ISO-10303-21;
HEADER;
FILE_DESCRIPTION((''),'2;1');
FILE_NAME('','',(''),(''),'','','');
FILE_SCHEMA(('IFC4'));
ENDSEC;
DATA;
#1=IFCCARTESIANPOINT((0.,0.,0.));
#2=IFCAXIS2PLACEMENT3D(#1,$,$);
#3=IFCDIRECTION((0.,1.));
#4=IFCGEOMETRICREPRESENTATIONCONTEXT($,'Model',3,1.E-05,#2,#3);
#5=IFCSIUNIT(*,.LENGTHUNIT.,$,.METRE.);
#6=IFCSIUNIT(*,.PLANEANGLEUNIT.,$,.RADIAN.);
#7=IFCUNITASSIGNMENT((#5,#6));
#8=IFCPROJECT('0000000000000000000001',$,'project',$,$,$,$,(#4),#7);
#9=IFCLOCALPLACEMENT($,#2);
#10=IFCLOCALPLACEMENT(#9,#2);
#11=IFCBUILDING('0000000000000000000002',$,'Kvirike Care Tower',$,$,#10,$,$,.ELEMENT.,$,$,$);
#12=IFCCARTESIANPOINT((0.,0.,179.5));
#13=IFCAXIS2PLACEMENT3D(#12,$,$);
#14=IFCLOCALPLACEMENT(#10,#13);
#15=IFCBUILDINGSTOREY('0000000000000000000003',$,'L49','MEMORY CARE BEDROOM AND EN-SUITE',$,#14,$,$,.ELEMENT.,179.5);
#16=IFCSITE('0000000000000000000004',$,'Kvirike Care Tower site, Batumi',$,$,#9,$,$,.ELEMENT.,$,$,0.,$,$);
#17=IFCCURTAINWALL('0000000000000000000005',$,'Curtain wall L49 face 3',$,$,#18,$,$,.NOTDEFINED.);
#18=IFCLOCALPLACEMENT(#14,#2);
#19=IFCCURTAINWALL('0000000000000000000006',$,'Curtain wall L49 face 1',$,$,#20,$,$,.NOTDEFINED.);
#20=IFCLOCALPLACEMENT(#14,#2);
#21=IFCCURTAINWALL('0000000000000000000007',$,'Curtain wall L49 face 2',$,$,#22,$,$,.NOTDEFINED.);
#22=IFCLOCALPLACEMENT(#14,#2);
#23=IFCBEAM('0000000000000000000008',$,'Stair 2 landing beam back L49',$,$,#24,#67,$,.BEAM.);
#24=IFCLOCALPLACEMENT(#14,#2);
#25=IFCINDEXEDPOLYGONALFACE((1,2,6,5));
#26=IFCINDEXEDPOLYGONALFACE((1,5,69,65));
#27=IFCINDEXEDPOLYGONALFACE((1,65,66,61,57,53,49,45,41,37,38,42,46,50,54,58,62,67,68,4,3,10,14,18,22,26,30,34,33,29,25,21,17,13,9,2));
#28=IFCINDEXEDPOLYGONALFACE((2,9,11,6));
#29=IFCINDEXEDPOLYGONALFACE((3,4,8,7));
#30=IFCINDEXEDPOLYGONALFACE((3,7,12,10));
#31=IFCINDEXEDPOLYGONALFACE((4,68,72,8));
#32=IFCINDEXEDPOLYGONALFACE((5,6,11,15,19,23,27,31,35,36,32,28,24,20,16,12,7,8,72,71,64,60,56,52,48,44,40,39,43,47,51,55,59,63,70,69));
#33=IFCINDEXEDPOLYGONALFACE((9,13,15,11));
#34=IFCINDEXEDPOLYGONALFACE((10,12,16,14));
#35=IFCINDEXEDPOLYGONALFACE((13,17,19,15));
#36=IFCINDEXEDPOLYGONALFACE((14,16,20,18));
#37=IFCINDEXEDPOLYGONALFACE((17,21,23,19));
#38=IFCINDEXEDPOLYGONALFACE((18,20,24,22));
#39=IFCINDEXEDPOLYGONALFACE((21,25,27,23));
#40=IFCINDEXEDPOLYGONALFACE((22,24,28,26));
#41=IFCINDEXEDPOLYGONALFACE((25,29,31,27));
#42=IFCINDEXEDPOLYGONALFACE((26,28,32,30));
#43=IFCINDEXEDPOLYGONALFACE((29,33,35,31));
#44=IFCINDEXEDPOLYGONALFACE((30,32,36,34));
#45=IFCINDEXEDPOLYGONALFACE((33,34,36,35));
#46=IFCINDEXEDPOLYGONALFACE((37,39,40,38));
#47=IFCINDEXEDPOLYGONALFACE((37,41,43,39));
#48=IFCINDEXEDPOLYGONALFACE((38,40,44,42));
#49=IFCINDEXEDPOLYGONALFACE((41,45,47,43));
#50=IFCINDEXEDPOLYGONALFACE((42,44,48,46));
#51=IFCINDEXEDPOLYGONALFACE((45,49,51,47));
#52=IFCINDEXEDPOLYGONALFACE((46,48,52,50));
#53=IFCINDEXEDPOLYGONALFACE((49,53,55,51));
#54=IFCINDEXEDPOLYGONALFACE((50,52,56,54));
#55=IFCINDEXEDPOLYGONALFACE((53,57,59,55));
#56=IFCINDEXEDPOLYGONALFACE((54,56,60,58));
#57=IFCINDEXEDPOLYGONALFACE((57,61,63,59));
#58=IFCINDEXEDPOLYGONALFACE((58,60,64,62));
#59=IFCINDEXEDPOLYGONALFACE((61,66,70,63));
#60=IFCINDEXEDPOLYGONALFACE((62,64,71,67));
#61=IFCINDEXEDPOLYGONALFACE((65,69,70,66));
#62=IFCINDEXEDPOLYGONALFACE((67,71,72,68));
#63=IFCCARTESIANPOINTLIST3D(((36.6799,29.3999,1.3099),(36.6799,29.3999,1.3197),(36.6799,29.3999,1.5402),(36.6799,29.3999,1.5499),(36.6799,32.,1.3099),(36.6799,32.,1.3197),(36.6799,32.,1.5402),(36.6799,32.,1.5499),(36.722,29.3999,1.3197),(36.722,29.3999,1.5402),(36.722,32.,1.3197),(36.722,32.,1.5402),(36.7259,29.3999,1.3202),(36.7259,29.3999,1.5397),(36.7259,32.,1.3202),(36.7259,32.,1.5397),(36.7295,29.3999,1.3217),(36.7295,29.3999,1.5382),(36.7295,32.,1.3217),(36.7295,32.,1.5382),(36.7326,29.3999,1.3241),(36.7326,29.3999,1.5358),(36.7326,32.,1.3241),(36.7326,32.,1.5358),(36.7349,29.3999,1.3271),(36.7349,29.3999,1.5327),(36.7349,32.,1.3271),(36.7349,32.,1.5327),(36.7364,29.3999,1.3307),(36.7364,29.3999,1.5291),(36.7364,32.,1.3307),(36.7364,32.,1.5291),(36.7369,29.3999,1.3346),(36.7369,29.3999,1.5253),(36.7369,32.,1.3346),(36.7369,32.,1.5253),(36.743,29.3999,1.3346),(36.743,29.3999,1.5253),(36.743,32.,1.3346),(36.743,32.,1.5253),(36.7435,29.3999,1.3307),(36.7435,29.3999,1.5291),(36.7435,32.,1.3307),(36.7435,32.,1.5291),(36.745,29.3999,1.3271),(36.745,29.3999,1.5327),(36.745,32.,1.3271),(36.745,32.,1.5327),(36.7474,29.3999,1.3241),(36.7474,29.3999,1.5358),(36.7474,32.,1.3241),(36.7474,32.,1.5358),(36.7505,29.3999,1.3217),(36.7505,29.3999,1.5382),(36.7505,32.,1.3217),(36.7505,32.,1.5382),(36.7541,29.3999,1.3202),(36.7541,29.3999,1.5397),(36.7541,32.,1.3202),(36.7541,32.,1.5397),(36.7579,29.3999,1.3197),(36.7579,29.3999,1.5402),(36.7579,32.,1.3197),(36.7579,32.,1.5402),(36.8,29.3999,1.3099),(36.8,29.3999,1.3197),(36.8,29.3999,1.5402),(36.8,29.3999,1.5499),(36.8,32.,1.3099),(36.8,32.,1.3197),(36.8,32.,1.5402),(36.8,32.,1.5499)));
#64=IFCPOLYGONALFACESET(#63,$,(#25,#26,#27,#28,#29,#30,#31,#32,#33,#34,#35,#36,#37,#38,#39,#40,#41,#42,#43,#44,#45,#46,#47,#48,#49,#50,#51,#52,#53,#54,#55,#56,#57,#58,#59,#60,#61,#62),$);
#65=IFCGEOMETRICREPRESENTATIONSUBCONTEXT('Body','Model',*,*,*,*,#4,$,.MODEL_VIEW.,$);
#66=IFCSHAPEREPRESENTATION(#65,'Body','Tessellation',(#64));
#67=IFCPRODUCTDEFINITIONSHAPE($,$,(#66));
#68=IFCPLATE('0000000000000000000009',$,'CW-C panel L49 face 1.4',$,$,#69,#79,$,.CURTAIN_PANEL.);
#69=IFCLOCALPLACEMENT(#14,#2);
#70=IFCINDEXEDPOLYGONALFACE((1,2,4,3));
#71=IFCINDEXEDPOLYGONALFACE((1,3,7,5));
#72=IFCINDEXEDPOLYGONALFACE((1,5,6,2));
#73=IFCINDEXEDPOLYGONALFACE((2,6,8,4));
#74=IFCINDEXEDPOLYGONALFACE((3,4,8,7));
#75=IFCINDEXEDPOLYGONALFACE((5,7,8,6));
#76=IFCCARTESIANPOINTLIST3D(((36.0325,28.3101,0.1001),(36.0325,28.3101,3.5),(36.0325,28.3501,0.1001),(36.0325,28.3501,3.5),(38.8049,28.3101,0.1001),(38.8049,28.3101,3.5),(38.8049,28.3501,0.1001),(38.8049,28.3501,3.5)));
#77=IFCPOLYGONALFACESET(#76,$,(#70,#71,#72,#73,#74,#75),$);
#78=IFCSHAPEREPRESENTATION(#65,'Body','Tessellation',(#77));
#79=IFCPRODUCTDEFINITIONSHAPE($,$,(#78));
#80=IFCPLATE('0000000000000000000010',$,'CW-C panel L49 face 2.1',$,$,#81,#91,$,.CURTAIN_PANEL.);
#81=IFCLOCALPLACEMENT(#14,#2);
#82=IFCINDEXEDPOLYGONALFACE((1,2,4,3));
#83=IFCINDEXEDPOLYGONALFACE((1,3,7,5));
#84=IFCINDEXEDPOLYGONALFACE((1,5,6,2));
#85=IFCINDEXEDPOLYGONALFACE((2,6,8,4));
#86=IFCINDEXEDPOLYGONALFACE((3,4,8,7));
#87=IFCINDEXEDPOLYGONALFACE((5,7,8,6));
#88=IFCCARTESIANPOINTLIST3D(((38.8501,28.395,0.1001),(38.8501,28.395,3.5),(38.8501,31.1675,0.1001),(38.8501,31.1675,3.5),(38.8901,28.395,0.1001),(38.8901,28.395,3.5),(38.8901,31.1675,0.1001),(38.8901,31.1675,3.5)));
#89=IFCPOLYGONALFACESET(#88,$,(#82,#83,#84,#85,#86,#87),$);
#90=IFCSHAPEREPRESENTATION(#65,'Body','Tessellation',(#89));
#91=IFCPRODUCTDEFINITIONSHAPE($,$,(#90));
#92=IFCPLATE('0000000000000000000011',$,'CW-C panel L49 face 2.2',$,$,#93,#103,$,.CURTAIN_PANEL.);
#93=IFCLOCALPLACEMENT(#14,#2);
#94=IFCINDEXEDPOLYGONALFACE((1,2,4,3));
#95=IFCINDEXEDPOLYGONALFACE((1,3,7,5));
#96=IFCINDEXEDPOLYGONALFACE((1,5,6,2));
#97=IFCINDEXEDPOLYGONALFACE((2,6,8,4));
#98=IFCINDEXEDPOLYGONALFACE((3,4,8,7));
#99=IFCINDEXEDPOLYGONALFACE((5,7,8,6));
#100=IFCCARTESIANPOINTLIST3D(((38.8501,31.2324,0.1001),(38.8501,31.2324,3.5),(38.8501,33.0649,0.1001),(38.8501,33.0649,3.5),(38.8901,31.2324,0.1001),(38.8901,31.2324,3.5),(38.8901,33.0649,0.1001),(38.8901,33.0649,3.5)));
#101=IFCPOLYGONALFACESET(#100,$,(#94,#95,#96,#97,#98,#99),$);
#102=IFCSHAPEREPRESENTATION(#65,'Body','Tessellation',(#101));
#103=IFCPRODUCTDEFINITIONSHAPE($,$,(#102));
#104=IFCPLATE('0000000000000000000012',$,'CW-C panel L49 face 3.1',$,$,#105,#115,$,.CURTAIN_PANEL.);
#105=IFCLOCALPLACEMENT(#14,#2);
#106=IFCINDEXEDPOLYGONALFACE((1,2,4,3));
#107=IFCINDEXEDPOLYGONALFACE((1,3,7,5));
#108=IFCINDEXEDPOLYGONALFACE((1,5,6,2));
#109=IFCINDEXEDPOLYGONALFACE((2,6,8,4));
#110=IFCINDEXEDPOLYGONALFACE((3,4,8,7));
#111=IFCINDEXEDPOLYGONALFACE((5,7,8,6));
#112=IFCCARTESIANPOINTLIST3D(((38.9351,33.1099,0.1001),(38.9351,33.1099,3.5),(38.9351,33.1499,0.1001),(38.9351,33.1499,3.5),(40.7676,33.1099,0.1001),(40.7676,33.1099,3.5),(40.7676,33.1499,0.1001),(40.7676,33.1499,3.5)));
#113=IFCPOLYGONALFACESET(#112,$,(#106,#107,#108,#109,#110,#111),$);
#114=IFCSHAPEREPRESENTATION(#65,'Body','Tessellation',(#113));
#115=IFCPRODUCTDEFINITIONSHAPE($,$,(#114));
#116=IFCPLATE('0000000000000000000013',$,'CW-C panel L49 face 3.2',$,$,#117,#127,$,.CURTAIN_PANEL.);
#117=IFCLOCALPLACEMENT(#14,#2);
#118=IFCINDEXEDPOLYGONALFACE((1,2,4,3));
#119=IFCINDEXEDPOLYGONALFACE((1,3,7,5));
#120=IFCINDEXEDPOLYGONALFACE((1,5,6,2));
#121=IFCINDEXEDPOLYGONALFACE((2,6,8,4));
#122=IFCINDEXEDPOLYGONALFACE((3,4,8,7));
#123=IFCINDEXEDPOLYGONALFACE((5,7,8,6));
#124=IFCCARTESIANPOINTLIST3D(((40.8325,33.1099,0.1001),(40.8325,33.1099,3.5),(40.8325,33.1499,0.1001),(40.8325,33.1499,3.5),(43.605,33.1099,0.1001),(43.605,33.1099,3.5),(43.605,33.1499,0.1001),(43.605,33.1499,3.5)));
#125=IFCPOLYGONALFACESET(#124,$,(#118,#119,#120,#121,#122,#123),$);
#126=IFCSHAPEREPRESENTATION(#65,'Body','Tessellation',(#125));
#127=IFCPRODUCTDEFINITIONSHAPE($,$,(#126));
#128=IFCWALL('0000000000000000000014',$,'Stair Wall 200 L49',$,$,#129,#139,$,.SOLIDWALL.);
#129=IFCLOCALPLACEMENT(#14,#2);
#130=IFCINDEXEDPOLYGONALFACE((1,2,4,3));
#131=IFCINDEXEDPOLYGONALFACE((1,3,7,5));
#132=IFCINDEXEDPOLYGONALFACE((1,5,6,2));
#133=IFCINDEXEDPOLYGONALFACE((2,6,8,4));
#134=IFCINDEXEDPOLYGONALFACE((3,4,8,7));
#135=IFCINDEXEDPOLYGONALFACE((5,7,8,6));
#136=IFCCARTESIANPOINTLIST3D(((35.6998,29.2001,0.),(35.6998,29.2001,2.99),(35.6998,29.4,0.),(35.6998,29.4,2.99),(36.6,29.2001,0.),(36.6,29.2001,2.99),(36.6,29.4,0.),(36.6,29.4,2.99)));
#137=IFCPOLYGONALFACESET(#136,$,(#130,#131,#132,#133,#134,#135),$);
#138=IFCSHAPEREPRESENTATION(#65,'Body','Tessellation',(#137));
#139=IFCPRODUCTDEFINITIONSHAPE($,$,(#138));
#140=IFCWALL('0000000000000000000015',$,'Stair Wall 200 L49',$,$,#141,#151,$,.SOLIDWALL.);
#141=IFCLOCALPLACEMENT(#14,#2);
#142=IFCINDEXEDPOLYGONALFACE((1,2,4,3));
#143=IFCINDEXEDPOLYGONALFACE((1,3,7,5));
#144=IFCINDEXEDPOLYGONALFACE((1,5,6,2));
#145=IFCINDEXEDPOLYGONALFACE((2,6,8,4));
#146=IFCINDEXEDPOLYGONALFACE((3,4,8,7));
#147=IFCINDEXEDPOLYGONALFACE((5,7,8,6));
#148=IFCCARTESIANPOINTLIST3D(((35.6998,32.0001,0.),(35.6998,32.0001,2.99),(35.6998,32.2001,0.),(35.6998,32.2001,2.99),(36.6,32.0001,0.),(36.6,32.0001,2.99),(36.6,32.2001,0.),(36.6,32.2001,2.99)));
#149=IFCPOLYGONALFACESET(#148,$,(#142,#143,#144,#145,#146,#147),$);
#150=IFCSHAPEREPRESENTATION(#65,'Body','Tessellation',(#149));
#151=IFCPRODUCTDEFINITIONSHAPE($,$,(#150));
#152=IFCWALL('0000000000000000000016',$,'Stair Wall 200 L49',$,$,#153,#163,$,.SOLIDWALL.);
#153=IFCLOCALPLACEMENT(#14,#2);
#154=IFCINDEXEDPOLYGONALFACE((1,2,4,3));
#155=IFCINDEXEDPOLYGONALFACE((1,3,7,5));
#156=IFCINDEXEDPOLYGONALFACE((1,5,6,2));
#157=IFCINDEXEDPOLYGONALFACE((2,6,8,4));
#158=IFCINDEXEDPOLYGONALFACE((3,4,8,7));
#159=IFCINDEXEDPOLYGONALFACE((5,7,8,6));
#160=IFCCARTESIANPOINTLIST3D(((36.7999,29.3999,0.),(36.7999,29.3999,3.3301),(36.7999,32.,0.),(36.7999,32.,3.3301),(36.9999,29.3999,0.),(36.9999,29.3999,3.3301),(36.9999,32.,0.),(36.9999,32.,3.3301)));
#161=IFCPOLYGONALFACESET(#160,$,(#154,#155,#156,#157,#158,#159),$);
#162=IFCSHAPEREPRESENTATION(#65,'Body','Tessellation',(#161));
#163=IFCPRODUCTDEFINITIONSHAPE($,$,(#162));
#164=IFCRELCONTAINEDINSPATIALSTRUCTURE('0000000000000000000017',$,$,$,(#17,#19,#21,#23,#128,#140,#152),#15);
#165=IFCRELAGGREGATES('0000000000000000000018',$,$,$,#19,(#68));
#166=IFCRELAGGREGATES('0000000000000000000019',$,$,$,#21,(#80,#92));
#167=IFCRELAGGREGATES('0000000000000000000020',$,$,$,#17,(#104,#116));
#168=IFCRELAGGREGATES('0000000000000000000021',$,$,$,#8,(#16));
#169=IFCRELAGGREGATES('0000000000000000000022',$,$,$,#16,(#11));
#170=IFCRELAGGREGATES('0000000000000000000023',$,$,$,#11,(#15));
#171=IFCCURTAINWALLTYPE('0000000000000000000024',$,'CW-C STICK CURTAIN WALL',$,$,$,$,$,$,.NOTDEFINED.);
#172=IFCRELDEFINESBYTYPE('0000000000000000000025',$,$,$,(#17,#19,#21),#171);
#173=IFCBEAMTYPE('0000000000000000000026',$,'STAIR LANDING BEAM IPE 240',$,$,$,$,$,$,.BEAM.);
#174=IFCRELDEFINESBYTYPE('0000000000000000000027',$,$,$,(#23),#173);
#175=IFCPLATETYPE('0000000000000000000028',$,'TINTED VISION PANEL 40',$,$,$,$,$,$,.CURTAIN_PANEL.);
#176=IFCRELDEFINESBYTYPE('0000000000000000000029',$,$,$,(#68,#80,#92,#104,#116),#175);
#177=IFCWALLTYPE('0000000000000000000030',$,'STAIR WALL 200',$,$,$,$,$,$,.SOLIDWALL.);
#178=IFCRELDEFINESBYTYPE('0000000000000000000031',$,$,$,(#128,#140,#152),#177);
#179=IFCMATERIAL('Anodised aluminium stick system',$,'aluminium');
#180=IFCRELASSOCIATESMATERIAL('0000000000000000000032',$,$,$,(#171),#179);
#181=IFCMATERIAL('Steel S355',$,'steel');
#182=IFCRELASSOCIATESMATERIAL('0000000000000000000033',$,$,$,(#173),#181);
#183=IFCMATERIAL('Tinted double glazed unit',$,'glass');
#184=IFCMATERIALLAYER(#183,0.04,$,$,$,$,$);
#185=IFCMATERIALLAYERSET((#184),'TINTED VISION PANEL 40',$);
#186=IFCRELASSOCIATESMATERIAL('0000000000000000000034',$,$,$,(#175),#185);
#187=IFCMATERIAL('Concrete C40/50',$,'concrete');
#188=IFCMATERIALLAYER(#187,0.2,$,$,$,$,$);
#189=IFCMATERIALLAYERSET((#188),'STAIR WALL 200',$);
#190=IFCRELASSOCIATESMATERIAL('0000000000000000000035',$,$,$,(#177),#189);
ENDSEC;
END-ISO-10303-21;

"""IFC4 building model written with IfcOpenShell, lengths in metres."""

from ifc_helpers import new_model, si_unit, direction, frame, frame_2d, origin, origin_2d, place, context, subcontext, project, spatial, rectangle, i_section, extrude, material, layer, layer_set, material_profile, profile_set, type_object, element, aggregate, save


model = new_model("IFC4")

# Units and contexts
model_context = context("Model", 3, precision=1e-05, world=origin(), true_north=direction((0.0, 1.0)))
body_context = subcontext(model_context, "Body", "Model", "MODEL_VIEW")
ifc_project = project(units=[si_unit("LENGTHUNIT", "METRE"), si_unit("PLANEANGLEUNIT", "RADIAN")], contexts=[model_context])

# Site, building, storey
site_placement = place(None, origin())
site = spatial("IfcSite", under=ifc_project, at=site_placement, Name="Kvirike Care Tower site, Batumi", CompositionType="ELEMENT", RefElevation=0.0)
building_placement = place(site_placement, origin())
building = spatial("IfcBuilding", under=site, at=building_placement, Name="Kvirike Care Tower", CompositionType="ELEMENT")
storey_placement = place(building_placement, frame((0.0, 0.0, 179.5)))
storey = spatial("IfcBuildingStorey", under=building, at=storey_placement, Name="L49", Description="MEMORY CARE BEDROOM AND EN-SUITE", CompositionType="ELEMENT", Elevation=179.5)

# Curtain wall
ifc_material_1 = material(Name="Anodised aluminium stick system", Category="aluminium")
curtain_wall_type = type_object("IfcCurtainWallType", Name="CW-C STICK CURTAIN WALL", PredefinedType="NOTDEFINED", material=ifc_material_1)
curtain_wall_1_placement = place(storey_placement, origin())
curtain_wall_1 = element("IfcCurtainWall", 1, at=curtain_wall_1_placement, inside=storey, type_object=curtain_wall_type, Name="Curtain wall L49 face 3", PredefinedType="NOTDEFINED")

# Curtain walls
curtain_wall_2_placement = place(storey_placement, origin())
curtain_wall_2 = element("IfcCurtainWall", 2, at=curtain_wall_2_placement, inside=storey, type_object=curtain_wall_type, Name="Curtain wall L49 face 1", PredefinedType="NOTDEFINED")
curtain_wall_3_placement = place(storey_placement, origin())
curtain_wall_3 = element("IfcCurtainWall", 3, at=curtain_wall_3_placement, inside=storey, type_object=curtain_wall_type, Name="Curtain wall L49 face 2", PredefinedType="NOTDEFINED")

# Beam
ifc_material_2 = material(Name="Steel S355", Category="steel")
ifc_material_profile_1 = material_profile(ifc_material_2, i_section(OverallWidth=0.1201, OverallDepth=0.24, WebThickness=0.0061, FlangeThickness=0.0098, FilletRadius=0.0149, at=origin_2d()), Name="IPE 240")
ifc_profile_set_1 = profile_set([ifc_material_profile_1], Name="Steel S355")
beam_type_1 = type_object("IfcBeamType", Name="STAIR LANDING BEAM IPE 240", PredefinedType="BEAM", material=ifc_profile_set_1)
beam_1_placement = place(storey_placement, frame((36.74, 29.3999, 1.4299), z_axis=(0.0, 1.0, 0.0), x_axis=(-1.0, 0.0, 0.0)))
element("IfcBeam", 4, at=beam_1_placement, inside=storey, type_object=beam_type_1, Name="Stair 2 landing beam back L49", PredefinedType="BEAM", context=body_context, shape_type="SweptSolid", body=[
    extrude(i_section(OverallWidth=0.1201, OverallDepth=0.24, WebThickness=0.0061, FlangeThickness=0.0098, FilletRadius=0.0149, at=origin_2d()), origin(), (0.0, 0.0, 1.0), 2.6001),
])

# Plates
ifc_material_3 = material(Name="Tinted double glazed unit", Category="glass")
ifc_layer_1 = layer(ifc_material_3, 0.04)
ifc_layer_set_1 = layer_set([ifc_layer_1], Name="TINTED VISION PANEL 40")
plate_type = type_object("IfcPlateType", Name="TINTED VISION PANEL 40", PredefinedType="CURTAIN_PANEL", material=ifc_layer_set_1)
plate_1_placement = place(storey_placement, frame((37.4187, 28.3301, 0.1001), z_axis=(0.0, 0.0, 1.0), x_axis=(1.0, 0.0, 0.0)))
plate_1 = element("IfcPlate", 5, at=plate_1_placement, type_object=plate_type, Name="CW-C panel L49 face 1.4", PredefinedType="CURTAIN_PANEL", context=body_context, shape_type="SweptSolid", body=[
    extrude(rectangle(XDim=2.7725, YDim=0.04, at=origin_2d()), origin(), (0.0, 0.0, 1.0), 3.3999),
])
aggregate(curtain_wall_2, [plate_1])
plate_2_placement = place(storey_placement, frame((38.8701, 29.7812, 0.1001), z_axis=(0.0, 0.0, 1.0), x_axis=(0.0, 1.0, 0.0)))
plate_2 = element("IfcPlate", 6, at=plate_2_placement, type_object=plate_type, Name="CW-C panel L49 face 2.1", PredefinedType="CURTAIN_PANEL", context=body_context, shape_type="SweptSolid", body=[
    extrude(rectangle(XDim=2.7725, YDim=0.04, at=origin_2d()), origin(), (0.0, 0.0, 1.0), 3.3999),
])
plate_3_placement = place(storey_placement, frame((38.8701, 32.1487, 0.1001), z_axis=(0.0, 0.0, 1.0), x_axis=(0.0, 1.0, 0.0)))
plate_3 = element("IfcPlate", 7, at=plate_3_placement, type_object=plate_type, Name="CW-C panel L49 face 2.2", PredefinedType="CURTAIN_PANEL", context=body_context, shape_type="SweptSolid", body=[
    extrude(rectangle(XDim=1.8325, YDim=0.04, at=origin_2d()), origin(), (0.0, 0.0, 1.0), 3.3999),
])
aggregate(curtain_wall_3, [plate_2, plate_3])
plate_4_placement = place(storey_placement, frame((39.8513, 33.1299, 0.1001), z_axis=(0.0, 0.0, 1.0), x_axis=(1.0, 0.0, 0.0)))
plate_4 = element("IfcPlate", 8, at=plate_4_placement, type_object=plate_type, Name="CW-C panel L49 face 3.1", PredefinedType="CURTAIN_PANEL", context=body_context, shape_type="SweptSolid", body=[
    extrude(rectangle(XDim=1.8325, YDim=0.04, at=origin_2d()), origin(), (0.0, 0.0, 1.0), 3.3999),
])
plate_5_placement = place(storey_placement, frame((42.2188, 33.1299, 0.1001), z_axis=(0.0, 0.0, 1.0), x_axis=(1.0, 0.0, 0.0)))
plate_5 = element("IfcPlate", 9, at=plate_5_placement, type_object=plate_type, Name="CW-C panel L49 face 3.2", PredefinedType="CURTAIN_PANEL", context=body_context, shape_type="SweptSolid", body=[
    extrude(rectangle(XDim=2.7725, YDim=0.04, at=origin_2d()), origin(), (0.0, 0.0, 1.0), 3.3999),
])
aggregate(curtain_wall_1, [plate_4, plate_5])

# Walls
ifc_material_4 = material(Name="Concrete C40/50", Category="concrete")
ifc_layer_2 = layer(ifc_material_4, 0.2)
ifc_layer_set_2 = layer_set([ifc_layer_2], Name="STAIR WALL 200")
wall_type = type_object("IfcWallType", Name="STAIR WALL 200", PredefinedType="SOLIDWALL", material=ifc_layer_set_2)
for number, where, z_axis, x_axis, name in (
    (10, (36.6001, 29.3, 0.0), (0.0, 0.0, 1.0), (-1.0, 0.0, 0.0), "Stair Wall 200 L49"),
    (11, (36.6001, 32.1001, 0.0), (0.0, 0.0, 1.0), (-1.0, 0.0, 0.0), "Stair Wall 200 L49"),
):
    element("IfcWall", number, at=place(storey_placement, frame(where, z_axis=z_axis, x_axis=x_axis)), inside=storey, type_object=wall_type, Name=name, PredefinedType="SOLIDWALL", context=body_context, shape_type="SweptSolid", body=[
        extrude(rectangle(XDim=0.9001, YDim=0.2, at=frame_2d((0.4502, 0.0))), origin(), (0.0, 0.0, 1.0), 2.99),
    ])
wall_placement = place(storey_placement, frame((36.8999, 29.3999, 0.0), z_axis=(0.0, 0.0, 1.0), x_axis=(0.0, 1.0, 0.0)))
element("IfcWall", 12, at=wall_placement, inside=storey, type_object=wall_type, Name="Stair Wall 200 L49", PredefinedType="SOLIDWALL", context=body_context, shape_type="SweptSolid", body=[
    extrude(rectangle(XDim=2.6001, YDim=0.2, at=frame_2d((1.3, 0.0))), origin(), (0.0, 0.0, 1.0), 3.3301),
])

save(model, "model.ifc")
